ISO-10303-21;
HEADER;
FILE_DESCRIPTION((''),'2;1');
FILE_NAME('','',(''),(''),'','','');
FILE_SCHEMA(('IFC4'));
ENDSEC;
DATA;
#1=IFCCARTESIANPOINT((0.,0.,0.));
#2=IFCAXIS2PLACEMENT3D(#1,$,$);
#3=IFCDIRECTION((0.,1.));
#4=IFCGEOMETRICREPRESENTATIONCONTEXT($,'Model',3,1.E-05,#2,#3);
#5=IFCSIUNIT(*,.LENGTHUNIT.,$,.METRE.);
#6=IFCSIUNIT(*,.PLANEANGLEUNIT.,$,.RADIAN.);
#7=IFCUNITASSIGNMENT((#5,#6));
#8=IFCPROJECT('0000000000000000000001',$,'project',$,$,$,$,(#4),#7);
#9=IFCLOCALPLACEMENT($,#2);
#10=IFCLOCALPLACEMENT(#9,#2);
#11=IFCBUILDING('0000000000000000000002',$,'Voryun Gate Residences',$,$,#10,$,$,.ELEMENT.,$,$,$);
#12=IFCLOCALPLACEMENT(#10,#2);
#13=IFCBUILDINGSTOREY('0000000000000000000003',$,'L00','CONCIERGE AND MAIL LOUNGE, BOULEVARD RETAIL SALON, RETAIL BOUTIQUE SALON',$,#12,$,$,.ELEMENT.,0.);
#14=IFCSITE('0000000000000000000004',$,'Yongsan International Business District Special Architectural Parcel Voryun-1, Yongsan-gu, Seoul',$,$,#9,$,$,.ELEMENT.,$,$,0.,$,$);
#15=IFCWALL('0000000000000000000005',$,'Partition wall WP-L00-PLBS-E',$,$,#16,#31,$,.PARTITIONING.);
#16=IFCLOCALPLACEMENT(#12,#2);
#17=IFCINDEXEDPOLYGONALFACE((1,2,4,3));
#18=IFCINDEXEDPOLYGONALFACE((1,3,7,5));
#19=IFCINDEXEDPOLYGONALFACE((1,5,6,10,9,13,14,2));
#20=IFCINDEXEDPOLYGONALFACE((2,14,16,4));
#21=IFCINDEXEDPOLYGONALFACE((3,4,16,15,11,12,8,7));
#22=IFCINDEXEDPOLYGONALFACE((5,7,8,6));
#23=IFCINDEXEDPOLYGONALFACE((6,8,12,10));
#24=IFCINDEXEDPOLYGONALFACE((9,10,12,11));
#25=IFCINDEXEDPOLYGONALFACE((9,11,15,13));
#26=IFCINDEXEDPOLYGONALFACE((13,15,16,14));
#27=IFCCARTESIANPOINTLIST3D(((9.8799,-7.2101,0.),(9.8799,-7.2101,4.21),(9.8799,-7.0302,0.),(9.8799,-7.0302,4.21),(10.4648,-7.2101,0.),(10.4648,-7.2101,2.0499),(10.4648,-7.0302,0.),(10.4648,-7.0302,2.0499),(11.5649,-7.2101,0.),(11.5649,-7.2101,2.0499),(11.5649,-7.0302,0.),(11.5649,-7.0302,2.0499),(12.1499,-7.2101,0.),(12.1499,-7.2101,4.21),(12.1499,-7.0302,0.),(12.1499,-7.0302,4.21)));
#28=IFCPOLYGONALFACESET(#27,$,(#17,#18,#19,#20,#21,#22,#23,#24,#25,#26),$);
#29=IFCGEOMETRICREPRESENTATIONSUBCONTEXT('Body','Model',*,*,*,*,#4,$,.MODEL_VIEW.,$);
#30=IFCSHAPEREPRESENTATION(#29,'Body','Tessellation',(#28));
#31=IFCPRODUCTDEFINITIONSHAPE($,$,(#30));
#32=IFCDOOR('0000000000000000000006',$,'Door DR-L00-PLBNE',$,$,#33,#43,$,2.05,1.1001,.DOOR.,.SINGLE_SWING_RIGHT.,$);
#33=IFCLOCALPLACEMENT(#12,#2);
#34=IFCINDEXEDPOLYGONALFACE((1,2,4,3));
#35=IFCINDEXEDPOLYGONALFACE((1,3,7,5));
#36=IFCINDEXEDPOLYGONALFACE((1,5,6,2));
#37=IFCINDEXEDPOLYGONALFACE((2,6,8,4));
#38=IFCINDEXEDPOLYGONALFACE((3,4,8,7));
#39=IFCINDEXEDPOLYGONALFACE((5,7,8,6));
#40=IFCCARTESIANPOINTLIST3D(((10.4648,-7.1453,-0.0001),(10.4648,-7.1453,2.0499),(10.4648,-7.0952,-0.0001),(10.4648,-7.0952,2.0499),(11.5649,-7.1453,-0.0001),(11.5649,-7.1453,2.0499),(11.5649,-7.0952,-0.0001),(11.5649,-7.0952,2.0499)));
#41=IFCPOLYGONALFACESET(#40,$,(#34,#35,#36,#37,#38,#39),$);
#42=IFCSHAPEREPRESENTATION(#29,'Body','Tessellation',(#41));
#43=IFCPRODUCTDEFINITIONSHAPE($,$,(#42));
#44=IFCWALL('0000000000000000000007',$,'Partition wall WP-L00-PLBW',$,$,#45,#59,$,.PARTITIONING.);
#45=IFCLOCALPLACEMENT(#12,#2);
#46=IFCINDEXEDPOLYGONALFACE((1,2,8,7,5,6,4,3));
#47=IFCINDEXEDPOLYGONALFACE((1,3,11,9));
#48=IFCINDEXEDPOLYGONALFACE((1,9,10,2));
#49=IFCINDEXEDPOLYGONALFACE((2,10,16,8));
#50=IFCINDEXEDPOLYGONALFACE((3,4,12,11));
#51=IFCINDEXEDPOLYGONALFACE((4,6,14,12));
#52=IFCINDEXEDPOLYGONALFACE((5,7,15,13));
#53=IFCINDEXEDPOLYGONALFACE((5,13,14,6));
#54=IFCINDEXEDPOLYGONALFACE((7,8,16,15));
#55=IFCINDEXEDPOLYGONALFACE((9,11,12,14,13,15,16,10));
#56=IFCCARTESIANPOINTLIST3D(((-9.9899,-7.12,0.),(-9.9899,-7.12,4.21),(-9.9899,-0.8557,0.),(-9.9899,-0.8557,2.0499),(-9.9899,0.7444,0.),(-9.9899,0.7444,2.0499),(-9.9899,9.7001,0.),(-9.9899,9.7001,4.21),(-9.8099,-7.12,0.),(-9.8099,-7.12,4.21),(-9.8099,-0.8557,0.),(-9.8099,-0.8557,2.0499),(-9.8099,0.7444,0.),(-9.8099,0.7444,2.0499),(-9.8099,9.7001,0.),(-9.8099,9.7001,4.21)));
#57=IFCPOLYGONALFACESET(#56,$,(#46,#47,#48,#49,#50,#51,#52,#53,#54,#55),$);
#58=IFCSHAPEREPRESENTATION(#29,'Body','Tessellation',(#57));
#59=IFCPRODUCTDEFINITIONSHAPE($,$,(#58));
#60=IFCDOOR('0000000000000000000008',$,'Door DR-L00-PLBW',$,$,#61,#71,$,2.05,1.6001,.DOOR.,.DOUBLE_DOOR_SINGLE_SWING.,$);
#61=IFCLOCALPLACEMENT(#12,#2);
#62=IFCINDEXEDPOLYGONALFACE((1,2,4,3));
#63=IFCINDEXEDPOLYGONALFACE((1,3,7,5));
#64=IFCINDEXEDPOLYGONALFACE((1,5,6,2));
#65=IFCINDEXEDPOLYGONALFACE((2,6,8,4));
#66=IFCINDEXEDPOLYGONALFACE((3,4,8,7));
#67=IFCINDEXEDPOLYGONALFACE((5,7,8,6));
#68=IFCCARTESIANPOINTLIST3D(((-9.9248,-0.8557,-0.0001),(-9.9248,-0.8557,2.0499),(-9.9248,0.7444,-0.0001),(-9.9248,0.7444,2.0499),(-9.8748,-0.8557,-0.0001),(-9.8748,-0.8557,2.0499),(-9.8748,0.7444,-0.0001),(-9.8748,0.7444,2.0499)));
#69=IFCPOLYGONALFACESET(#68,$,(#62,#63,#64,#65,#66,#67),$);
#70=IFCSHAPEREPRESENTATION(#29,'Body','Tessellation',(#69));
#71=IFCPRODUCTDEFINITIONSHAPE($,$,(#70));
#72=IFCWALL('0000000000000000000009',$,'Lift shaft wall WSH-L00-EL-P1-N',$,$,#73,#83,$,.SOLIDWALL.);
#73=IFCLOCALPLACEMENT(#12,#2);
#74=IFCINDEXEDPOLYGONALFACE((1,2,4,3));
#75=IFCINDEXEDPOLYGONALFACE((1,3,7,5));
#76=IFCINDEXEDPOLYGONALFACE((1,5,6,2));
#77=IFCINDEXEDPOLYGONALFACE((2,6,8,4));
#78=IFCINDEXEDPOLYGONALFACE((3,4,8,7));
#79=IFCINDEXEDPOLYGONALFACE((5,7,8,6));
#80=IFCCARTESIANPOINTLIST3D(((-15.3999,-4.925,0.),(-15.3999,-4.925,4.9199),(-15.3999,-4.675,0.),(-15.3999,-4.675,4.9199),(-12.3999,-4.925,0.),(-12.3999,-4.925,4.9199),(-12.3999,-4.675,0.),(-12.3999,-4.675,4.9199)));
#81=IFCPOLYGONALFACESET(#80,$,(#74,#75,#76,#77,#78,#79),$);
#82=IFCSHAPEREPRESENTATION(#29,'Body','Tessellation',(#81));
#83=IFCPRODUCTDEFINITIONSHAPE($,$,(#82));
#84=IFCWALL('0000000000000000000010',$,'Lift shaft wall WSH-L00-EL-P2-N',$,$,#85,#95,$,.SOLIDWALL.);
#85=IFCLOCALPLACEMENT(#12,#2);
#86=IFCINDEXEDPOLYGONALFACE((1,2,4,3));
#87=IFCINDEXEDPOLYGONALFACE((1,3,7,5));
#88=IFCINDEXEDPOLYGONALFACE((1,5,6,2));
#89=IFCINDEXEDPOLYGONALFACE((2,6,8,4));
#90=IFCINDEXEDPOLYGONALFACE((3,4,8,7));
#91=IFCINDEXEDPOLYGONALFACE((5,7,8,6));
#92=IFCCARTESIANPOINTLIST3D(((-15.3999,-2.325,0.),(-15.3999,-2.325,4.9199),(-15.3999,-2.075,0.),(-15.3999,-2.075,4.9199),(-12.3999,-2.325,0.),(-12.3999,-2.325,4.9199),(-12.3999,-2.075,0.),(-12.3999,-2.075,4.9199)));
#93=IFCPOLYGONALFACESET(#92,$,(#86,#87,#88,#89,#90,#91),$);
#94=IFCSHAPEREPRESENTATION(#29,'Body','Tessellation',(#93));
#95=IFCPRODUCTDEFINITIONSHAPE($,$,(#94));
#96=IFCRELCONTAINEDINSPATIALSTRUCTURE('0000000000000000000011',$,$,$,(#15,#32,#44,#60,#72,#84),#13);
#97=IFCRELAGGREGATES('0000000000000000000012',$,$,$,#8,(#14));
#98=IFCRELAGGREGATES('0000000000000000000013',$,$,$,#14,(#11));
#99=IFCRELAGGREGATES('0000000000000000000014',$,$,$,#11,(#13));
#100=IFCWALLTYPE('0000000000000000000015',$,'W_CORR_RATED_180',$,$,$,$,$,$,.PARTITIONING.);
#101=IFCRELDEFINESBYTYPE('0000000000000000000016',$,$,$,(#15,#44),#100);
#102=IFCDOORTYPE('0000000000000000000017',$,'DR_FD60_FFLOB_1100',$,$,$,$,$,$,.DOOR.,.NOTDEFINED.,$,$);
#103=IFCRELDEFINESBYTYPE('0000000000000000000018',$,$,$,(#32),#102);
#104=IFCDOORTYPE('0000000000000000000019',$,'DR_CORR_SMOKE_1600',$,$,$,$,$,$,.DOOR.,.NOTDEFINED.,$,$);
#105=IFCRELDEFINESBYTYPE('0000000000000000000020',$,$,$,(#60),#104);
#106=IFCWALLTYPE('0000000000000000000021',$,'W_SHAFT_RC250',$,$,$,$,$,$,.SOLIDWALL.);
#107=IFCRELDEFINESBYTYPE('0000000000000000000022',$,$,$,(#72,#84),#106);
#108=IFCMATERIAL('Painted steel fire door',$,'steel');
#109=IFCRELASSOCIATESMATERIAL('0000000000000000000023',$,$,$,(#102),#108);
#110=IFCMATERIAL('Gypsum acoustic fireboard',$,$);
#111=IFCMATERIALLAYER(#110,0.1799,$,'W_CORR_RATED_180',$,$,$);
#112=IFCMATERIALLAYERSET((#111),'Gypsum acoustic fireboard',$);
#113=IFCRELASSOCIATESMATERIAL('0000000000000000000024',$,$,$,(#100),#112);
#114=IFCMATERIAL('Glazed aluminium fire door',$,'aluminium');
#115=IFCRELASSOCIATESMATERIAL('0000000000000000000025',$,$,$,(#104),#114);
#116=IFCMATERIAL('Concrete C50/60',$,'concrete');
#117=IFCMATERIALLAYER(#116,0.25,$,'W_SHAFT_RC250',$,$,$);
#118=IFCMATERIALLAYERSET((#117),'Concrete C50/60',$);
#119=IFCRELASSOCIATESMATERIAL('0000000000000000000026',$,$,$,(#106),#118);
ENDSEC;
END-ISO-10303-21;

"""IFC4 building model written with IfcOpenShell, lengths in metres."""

from ifc_helpers import new_model, si_unit, direction, frame, frame_2d, origin, place, context, subcontext, project, spatial, rectangle, extrude, material, layer, layer_set, type_object, element, fill, save


model = new_model("IFC4")

# Units and contexts
model_context = context("Model", 3, precision=1e-05, world=origin(), true_north=direction((0.0, 1.0)))
body_context = subcontext(model_context, "Body", "Model", "MODEL_VIEW")
ifc_project = project(units=[si_unit("LENGTHUNIT", "METRE"), si_unit("PLANEANGLEUNIT", "RADIAN")], contexts=[model_context])

# Site, building, storey
site_placement = place(None, origin())
site = spatial("IfcSite", under=ifc_project, at=site_placement, Name="Yongsan International Business District Special Architectural Parcel Voryun-1, Yongsan-gu, Seoul", CompositionType="ELEMENT", RefElevation=0.0)
building_placement = place(site_placement, origin())
building = spatial("IfcBuilding", under=site, at=building_placement, Name="Voryun Gate Residences", CompositionType="ELEMENT")
storey_placement = place(building_placement, origin())
storey = spatial("IfcBuildingStorey", under=building, at=storey_placement, Name="L00", Description="CONCIERGE AND MAIL LOUNGE, BOULEVARD RETAIL SALON, RETAIL BOUTIQUE SALON", CompositionType="ELEMENT", Elevation=0.0)

# Shared definitions
ifc_material_1 = material(Name="Painted steel fire door", Category="steel")
door_type_1 = type_object("IfcDoorType", Name="DR_FD60_FFLOB_1100", OperationType="NOTDEFINED", PredefinedType="DOOR", material=ifc_material_1)

# Walls, openings, doors
ifc_material_2 = material(Name="Gypsum acoustic fireboard")
ifc_layer_1 = layer(ifc_material_2, 0.1799, Name="W_CORR_RATED_180")
ifc_layer_set_1 = layer_set([ifc_layer_1], Name="Gypsum acoustic fireboard")
wall_type_1 = type_object("IfcWallType", Name="W_CORR_RATED_180", PredefinedType="PARTITIONING", material=ifc_layer_set_1)
wall_1_placement = place(storey_placement, frame((9.8799, -7.1201, 0.0), z_axis=(0.0, 0.0, 1.0), x_axis=(1.0, 0.0, 0.0)))
wall_1 = element("IfcWall", 1, at=wall_1_placement, inside=storey, type_object=wall_type_1, Name="Partition wall WP-L00-PLBS-E", PredefinedType="PARTITIONING", context=body_context, shape_type="SweptSolid", body=[
    extrude(rectangle(XDim=2.27, YDim=0.1799, at=frame_2d((1.135, 0.0))), origin(), (0.0, 0.0, 1.0), 4.21),
])
opening_1_placement = place(wall_1_placement, frame((0.585, 0.0, 0.0)))
opening_1 = element("IfcOpeningElement", 2, at=opening_1_placement, cuts=wall_1, PredefinedType="OPENING", context=body_context, shape_type="SweptSolid", body=[
    extrude(rectangle(XDim=1.1001, YDim=2.05, at=frame_2d((0.55, 1.0249))), frame((0.0, 0.0999, 0.0), z_axis=(0.0, -1.0, 0.0), x_axis=(1.0, 0.0, 0.0)), (0.0, 0.0, 1.0), 0.2),
])
door_1_placement = place(opening_1_placement, origin())
door_1 = element("IfcDoor", 3, at=door_1_placement, inside=storey, type_object=door_type_1, Name="Door DR-L00-PLBNE", OperationType="SINGLE_SWING_RIGHT", OverallHeight=2.05, OverallWidth=1.1001, PredefinedType="DOOR", context=body_context, shape_type="SweptSolid", body=[
    extrude(rectangle(XDim=1.1001, YDim=2.05, at=frame_2d((0.55, 1.0249))), frame((0.0, 0.0249, 0.0), z_axis=(0.0, -1.0, 0.0), x_axis=(1.0, 0.0, 0.0)), (0.0, 0.0, 1.0), 0.05),
])
fill(opening_1, door_1)
wall_2_placement = place(storey_placement, frame((-9.8999, -7.1201, 0.0), z_axis=(0.0, 0.0, 1.0), x_axis=(0.0, 1.0, 0.0)))
wall_2 = element("IfcWall", 4, at=wall_2_placement, inside=storey, type_object=wall_type_1, Name="Partition wall WP-L00-PLBW", PredefinedType="PARTITIONING", context=body_context, shape_type="SweptSolid", body=[
    extrude(rectangle(XDim=16.8201, YDim=0.1799, at=frame_2d((8.4102, 0.0))), origin(), (0.0, 0.0, 1.0), 4.21),
])
opening_2_placement = place(wall_2_placement, frame((6.2644, 0.0, 0.0)))
opening_2 = element("IfcOpeningElement", 5, at=opening_2_placement, cuts=wall_2, PredefinedType="OPENING", context=body_context, shape_type="SweptSolid", body=[
    extrude(rectangle(XDim=1.6001, YDim=2.05, at=frame_2d((0.8, 1.0249))), frame((0.0, 0.0999, 0.0), z_axis=(0.0, -1.0, 0.0), x_axis=(1.0, 0.0, 0.0)), (0.0, 0.0, 1.0), 0.2),
])
ifc_material_3 = material(Name="Glazed aluminium fire door", Category="aluminium")
door_type_2 = type_object("IfcDoorType", Name="DR_CORR_SMOKE_1600", OperationType="NOTDEFINED", PredefinedType="DOOR", material=ifc_material_3)
door_2_placement = place(opening_2_placement, origin())
door_2 = element("IfcDoor", 6, at=door_2_placement, inside=storey, type_object=door_type_2, Name="Door DR-L00-PLBW", OperationType="DOUBLE_DOOR_SINGLE_SWING", OverallHeight=2.05, OverallWidth=1.6001, PredefinedType="DOOR", context=body_context, shape_type="SweptSolid", body=[
    extrude(rectangle(XDim=1.6001, YDim=2.05, at=frame_2d((0.8, 1.0249))), frame((0.0, 0.0249, 0.0), z_axis=(0.0, -1.0, 0.0), x_axis=(1.0, 0.0, 0.0)), (0.0, 0.0, 1.0), 0.05),
])
fill(opening_2, door_2)

# Walls
ifc_material_4 = material(Name="Concrete C50/60", Category="concrete")
ifc_layer_2 = layer(ifc_material_4, 0.25, Name="W_SHAFT_RC250")
ifc_layer_set_2 = layer_set([ifc_layer_2], Name="Concrete C50/60")
wall_type_2 = type_object("IfcWallType", Name="W_SHAFT_RC250", PredefinedType="SOLIDWALL", material=ifc_layer_set_2)
for number, where, z_axis, x_axis, name in (
    (7, (-12.3999, -4.8, 0.0), (0.0, 0.0, 1.0), (-1.0, 0.0, 0.0), "Lift shaft wall WSH-L00-EL-P1-N"),
    (8, (-12.3999, -2.2, 0.0), (0.0, 0.0, 1.0), (-1.0, 0.0, 0.0), "Lift shaft wall WSH-L00-EL-P2-N"),
):
    element("IfcWall", number, at=place(storey_placement, frame(where, z_axis=z_axis, x_axis=x_axis)), inside=storey, type_object=wall_type_2, Name=name, PredefinedType="SOLIDWALL", context=body_context, shape_type="SweptSolid", body=[
        extrude(rectangle(XDim=3.0, YDim=0.25, at=frame_2d((1.5, 0.0))), origin(), (0.0, 0.0, 1.0), 4.9199),
    ])

save(model, "model.ifc")
